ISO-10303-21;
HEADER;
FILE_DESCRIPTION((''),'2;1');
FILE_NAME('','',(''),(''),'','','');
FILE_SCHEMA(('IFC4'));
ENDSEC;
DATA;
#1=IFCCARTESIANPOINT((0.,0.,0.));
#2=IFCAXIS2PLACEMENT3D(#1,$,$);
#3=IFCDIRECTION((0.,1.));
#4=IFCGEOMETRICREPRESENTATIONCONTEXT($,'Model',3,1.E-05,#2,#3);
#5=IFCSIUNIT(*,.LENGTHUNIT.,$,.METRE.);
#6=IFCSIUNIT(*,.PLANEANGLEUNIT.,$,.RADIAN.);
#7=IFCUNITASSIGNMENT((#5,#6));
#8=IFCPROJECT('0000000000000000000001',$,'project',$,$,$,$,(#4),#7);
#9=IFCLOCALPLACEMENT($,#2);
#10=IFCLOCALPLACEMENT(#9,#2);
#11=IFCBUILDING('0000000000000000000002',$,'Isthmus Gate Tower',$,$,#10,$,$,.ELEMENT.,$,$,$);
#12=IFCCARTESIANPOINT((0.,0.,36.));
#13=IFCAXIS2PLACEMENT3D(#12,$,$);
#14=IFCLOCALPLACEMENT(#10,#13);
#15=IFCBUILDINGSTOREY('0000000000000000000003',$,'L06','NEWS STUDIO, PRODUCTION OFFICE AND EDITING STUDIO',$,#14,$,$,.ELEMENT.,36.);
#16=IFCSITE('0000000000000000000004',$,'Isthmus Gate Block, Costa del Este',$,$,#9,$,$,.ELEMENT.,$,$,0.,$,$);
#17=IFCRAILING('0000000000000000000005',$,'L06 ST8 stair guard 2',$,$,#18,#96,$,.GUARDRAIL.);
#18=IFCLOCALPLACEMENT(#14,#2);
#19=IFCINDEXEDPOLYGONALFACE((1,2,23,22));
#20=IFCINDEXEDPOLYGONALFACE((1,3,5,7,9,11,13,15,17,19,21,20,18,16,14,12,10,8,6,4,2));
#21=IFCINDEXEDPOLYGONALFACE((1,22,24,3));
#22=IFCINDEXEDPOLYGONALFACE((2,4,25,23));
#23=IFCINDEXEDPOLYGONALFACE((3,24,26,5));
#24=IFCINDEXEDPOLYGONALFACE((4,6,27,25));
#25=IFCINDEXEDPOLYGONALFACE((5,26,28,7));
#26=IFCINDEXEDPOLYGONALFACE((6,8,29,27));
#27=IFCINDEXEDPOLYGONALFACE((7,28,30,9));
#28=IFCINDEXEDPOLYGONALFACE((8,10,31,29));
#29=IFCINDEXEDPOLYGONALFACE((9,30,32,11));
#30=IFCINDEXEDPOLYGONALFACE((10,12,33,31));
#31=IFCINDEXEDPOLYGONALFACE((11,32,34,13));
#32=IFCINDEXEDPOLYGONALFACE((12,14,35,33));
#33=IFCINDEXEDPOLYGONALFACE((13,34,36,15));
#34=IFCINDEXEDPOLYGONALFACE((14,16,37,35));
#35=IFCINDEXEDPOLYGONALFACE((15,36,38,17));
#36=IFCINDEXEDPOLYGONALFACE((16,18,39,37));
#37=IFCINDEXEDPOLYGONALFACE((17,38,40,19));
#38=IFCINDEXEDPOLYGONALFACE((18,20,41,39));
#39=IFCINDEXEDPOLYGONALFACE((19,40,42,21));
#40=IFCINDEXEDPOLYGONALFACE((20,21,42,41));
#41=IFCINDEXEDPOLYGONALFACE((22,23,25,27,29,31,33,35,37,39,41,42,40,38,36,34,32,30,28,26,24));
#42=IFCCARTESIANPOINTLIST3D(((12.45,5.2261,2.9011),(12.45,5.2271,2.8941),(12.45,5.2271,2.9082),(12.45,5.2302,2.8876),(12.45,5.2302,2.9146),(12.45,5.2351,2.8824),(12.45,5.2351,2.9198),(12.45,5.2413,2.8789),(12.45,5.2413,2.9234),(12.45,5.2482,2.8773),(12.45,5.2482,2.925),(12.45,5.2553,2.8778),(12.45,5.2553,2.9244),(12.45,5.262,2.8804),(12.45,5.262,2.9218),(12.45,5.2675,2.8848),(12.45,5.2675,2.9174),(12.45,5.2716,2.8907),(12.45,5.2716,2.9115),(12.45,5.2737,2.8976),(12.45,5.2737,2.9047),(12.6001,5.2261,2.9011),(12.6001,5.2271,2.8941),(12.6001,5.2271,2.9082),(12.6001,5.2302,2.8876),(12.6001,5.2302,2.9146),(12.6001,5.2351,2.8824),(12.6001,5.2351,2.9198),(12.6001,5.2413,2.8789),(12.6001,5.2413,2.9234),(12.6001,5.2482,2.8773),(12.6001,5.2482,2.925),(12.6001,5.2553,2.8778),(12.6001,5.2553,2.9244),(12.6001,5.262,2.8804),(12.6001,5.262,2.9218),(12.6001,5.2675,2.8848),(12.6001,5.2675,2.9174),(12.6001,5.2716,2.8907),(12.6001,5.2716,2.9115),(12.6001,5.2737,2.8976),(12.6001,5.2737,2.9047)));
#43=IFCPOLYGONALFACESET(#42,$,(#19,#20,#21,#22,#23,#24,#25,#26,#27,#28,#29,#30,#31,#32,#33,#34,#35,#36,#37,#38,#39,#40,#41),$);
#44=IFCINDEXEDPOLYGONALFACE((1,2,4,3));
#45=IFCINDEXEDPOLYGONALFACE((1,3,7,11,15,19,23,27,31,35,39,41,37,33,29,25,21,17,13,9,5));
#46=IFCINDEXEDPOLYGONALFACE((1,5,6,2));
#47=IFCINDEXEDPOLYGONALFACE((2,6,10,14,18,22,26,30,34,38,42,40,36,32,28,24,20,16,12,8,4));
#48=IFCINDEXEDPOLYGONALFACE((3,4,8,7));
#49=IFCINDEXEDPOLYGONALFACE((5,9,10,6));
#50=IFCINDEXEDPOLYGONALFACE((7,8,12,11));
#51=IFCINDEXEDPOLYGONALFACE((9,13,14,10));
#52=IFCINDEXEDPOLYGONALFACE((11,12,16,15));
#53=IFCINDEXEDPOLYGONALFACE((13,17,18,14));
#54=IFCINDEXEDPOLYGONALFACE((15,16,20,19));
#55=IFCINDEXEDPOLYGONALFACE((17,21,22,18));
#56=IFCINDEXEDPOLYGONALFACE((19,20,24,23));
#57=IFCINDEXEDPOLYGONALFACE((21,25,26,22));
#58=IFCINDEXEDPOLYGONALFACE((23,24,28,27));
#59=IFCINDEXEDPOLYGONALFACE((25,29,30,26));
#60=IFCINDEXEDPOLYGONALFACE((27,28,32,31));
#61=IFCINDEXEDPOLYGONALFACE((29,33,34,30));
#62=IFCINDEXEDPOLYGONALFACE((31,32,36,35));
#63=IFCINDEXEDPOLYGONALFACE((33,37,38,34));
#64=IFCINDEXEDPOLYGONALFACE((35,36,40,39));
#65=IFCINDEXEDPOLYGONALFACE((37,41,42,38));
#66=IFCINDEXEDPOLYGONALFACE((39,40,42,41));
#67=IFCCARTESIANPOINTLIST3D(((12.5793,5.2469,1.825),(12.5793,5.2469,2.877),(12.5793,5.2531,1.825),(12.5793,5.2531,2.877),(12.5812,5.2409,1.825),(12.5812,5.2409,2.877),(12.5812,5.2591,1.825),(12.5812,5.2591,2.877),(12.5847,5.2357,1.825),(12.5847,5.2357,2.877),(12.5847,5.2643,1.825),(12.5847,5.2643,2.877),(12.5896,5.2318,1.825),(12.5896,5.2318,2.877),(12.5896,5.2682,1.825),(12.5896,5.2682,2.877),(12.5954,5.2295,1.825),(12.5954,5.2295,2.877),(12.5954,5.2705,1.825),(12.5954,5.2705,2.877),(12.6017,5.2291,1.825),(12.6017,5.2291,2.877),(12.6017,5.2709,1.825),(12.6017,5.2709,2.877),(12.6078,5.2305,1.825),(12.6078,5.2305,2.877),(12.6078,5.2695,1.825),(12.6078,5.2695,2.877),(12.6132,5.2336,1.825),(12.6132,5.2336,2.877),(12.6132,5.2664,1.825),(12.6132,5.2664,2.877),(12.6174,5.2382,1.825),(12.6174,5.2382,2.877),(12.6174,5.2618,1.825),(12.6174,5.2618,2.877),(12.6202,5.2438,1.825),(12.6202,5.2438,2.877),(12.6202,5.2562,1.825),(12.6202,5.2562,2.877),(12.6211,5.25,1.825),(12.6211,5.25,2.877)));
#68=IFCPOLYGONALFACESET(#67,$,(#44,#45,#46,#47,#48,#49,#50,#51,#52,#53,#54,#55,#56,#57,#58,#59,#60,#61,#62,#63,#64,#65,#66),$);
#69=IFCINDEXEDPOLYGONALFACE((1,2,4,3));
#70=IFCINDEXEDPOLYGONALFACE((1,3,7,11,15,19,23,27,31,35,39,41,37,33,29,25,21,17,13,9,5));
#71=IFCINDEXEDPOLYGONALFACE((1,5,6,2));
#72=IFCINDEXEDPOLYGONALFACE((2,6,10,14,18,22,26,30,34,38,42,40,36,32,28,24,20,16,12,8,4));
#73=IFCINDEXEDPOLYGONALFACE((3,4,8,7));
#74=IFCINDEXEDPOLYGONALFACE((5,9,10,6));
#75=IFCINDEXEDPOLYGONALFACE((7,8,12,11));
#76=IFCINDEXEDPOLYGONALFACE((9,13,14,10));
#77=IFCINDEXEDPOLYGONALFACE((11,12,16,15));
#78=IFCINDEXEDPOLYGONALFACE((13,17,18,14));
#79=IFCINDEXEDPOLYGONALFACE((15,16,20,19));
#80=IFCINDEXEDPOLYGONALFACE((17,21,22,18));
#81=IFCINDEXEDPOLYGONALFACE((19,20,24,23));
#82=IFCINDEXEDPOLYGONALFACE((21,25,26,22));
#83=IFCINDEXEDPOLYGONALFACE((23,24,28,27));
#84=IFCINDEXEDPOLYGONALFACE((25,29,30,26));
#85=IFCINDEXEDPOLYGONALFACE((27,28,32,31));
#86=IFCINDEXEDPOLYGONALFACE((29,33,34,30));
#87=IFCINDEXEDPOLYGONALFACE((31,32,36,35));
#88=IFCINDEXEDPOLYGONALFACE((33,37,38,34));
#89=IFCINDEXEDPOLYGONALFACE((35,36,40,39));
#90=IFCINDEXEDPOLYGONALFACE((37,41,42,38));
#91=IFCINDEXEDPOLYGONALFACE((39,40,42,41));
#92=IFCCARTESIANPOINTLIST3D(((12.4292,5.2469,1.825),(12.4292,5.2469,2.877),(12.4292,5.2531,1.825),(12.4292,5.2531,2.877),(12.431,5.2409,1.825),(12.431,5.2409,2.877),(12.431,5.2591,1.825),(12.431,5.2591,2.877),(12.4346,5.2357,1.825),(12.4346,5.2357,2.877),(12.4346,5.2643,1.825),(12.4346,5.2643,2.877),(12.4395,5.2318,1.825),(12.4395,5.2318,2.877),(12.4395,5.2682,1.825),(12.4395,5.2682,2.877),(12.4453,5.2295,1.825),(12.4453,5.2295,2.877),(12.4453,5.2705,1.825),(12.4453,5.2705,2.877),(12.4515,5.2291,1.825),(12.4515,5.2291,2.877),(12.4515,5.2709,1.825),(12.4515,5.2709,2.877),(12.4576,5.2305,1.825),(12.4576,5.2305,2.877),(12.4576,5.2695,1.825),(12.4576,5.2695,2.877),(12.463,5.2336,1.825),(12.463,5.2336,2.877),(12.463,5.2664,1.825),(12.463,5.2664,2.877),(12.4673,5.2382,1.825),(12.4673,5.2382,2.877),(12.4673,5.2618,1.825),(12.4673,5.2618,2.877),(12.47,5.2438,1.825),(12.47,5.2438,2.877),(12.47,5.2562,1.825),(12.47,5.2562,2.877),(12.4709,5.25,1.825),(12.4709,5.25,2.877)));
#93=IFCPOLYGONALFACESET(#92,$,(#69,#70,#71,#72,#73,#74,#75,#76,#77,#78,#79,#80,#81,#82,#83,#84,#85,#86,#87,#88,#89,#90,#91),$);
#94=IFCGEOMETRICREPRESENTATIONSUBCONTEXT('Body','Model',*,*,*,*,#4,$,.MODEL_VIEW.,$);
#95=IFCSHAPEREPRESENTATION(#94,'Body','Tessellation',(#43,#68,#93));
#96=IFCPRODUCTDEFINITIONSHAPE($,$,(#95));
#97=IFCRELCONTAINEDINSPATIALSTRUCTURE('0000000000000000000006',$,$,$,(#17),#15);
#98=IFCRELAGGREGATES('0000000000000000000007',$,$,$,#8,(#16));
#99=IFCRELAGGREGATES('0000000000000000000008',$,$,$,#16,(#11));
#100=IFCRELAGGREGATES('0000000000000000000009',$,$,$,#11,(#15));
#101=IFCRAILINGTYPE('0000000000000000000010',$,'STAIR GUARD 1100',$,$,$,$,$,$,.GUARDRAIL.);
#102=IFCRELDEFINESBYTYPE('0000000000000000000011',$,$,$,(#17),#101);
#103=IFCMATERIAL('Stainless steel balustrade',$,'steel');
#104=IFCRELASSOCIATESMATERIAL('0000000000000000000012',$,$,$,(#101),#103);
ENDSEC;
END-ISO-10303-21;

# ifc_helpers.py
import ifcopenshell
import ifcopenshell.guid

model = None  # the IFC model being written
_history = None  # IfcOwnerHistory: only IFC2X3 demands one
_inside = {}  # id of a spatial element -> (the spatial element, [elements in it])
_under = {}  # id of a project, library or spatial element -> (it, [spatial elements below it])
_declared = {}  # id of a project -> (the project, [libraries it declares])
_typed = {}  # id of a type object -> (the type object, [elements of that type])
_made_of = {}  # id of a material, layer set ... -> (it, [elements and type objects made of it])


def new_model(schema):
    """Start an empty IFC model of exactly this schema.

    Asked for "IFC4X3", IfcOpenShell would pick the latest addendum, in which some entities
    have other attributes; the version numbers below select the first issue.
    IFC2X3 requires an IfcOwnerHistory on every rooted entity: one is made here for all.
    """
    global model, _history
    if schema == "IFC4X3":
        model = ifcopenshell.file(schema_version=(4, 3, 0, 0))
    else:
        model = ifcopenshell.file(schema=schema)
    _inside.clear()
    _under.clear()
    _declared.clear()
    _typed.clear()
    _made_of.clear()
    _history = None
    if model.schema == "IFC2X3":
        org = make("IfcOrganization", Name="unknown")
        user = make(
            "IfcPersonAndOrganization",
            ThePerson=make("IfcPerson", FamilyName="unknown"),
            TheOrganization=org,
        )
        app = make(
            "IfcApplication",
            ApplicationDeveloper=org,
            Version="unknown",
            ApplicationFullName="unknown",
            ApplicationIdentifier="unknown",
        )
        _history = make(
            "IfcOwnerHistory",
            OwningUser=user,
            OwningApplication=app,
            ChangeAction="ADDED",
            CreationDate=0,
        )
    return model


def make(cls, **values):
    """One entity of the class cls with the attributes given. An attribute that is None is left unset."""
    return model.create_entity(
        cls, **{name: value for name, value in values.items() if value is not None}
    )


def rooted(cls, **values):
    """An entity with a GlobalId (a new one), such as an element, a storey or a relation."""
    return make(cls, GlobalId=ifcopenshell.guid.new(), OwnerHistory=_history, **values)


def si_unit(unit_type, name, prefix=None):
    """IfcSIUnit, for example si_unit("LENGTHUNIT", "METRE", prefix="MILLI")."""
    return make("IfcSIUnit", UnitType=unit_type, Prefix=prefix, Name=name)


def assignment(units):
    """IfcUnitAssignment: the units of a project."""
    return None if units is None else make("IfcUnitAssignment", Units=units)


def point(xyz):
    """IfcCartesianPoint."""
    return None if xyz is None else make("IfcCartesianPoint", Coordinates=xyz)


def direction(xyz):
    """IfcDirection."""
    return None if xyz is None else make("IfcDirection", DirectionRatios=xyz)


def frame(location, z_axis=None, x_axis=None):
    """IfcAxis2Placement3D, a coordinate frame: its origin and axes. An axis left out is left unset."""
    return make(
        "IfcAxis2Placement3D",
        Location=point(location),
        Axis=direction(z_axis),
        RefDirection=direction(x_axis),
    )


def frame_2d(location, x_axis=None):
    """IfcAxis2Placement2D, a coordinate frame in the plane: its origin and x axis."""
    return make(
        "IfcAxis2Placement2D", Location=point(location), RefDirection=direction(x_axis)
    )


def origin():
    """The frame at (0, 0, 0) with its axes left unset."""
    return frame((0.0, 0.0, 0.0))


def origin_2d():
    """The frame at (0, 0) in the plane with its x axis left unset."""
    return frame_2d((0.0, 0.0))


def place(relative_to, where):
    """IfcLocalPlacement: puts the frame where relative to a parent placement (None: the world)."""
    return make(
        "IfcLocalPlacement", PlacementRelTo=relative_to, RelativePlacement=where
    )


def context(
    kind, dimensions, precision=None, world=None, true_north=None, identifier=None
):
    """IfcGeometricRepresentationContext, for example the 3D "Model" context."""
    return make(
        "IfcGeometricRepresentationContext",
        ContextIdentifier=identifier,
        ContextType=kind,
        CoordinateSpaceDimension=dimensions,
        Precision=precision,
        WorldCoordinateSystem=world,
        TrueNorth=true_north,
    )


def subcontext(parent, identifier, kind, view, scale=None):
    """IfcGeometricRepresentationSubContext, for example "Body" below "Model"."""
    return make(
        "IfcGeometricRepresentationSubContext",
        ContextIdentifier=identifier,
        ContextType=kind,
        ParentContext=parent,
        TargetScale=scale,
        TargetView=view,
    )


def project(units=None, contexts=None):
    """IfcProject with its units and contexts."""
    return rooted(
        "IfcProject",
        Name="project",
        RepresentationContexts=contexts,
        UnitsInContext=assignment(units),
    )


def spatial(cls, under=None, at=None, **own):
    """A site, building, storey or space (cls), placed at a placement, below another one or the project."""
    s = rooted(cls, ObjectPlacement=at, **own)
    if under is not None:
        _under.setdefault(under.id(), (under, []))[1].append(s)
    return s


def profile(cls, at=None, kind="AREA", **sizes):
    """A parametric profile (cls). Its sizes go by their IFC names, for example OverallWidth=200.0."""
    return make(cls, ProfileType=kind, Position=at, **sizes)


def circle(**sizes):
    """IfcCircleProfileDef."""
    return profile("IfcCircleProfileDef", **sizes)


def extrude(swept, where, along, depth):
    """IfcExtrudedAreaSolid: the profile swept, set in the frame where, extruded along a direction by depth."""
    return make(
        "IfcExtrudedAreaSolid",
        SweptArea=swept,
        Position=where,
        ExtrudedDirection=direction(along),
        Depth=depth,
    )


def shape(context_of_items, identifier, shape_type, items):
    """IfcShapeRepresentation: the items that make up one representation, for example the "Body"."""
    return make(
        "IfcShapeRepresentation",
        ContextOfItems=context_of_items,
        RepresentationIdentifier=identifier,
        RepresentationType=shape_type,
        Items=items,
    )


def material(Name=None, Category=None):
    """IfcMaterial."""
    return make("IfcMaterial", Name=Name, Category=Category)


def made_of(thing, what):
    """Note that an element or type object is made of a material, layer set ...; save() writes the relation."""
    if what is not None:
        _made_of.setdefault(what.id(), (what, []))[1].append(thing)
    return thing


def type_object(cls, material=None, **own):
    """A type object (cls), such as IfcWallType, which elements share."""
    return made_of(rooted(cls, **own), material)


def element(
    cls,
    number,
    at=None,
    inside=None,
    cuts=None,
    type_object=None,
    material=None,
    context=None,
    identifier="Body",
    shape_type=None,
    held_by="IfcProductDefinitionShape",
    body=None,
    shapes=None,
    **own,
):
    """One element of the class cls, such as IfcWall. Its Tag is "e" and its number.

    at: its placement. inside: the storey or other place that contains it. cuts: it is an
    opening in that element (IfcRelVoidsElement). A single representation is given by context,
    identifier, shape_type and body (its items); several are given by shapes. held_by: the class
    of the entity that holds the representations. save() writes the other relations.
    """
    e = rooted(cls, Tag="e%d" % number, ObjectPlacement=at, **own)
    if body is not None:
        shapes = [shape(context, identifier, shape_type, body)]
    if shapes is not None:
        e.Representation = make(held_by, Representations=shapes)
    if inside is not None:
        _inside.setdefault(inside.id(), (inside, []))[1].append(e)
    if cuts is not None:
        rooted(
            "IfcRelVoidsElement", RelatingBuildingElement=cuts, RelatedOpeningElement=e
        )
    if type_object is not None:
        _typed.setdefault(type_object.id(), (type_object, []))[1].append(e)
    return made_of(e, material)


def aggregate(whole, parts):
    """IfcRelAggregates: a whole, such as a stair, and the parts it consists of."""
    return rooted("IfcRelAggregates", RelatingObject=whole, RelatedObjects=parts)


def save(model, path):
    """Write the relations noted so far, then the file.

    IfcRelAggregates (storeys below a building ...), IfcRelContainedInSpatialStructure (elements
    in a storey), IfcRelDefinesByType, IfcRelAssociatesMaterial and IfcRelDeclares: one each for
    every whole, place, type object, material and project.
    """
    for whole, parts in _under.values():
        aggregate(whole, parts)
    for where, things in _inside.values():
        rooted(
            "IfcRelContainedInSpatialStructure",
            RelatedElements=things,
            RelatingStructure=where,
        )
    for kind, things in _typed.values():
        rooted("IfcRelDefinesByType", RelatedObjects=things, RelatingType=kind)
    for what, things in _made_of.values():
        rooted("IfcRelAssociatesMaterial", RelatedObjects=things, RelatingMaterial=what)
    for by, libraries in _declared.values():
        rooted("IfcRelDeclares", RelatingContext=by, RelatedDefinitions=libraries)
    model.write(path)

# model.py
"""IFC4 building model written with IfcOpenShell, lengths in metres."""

from ifc_helpers import new_model, si_unit, direction, frame, origin, origin_2d, place, context, subcontext, project, spatial, circle, extrude, material, type_object, element, save


model = new_model("IFC4")

# Units and contexts
model_context = context("Model", 3, precision=1e-05, world=origin(), true_north=direction((0.0, 1.0)))
body_context = subcontext(model_context, "Body", "Model", "MODEL_VIEW")
ifc_project = project(units=[si_unit("LENGTHUNIT", "METRE"), si_unit("PLANEANGLEUNIT", "RADIAN")], contexts=[model_context])

# Site, building, storey
site_placement = place(None, origin())
site = spatial("IfcSite", under=ifc_project, at=site_placement, Name="Isthmus Gate Block, Costa del Este", CompositionType="ELEMENT", RefElevation=0.0)
building_placement = place(site_placement, origin())
building = spatial("IfcBuilding", under=site, at=building_placement, Name="Isthmus Gate Tower", CompositionType="ELEMENT")
storey_placement = place(building_placement, frame((0.0, 0.0, 36.0)))
storey = spatial("IfcBuildingStorey", under=building, at=storey_placement, Name="L06", Description="NEWS STUDIO, PRODUCTION OFFICE AND EDITING STUDIO", CompositionType="ELEMENT", Elevation=36.0)

# Railing
ifc_material_1 = material(Name="Stainless steel balustrade", Category="steel")
railing_type_1 = type_object("IfcRailingType", Name="STAIR GUARD 1100", PredefinedType="GUARDRAIL", material=ifc_material_1)
railing_1_placement = place(storey_placement, frame((12.6001, 5.25, 1.825)))
element("IfcRailing", 1, at=railing_1_placement, inside=storey, type_object=railing_type_1, Name="L06 ST8 stair guard 2", PredefinedType="GUARDRAIL", context=body_context, shape_type="SweptSolid", body=[
    extrude(circle(Radius=0.0239, at=origin_2d()), frame((0.0, 0.0, 1.0762), z_axis=(-1.0, 0.0, 0.0), x_axis=(0.0, -1.0, 0.0)), (0.0, 0.0, 1.0), 0.1501),
    extrude(circle(Radius=0.021, at=origin_2d()), origin(), (0.0, 0.0, 1.0), 1.052),
    extrude(circle(Radius=0.021, at=origin_2d()), frame((-0.1501, 0.0, 0.0)), (0.0, 0.0, 1.0), 1.052),
])

save(model, "model.ifc")
